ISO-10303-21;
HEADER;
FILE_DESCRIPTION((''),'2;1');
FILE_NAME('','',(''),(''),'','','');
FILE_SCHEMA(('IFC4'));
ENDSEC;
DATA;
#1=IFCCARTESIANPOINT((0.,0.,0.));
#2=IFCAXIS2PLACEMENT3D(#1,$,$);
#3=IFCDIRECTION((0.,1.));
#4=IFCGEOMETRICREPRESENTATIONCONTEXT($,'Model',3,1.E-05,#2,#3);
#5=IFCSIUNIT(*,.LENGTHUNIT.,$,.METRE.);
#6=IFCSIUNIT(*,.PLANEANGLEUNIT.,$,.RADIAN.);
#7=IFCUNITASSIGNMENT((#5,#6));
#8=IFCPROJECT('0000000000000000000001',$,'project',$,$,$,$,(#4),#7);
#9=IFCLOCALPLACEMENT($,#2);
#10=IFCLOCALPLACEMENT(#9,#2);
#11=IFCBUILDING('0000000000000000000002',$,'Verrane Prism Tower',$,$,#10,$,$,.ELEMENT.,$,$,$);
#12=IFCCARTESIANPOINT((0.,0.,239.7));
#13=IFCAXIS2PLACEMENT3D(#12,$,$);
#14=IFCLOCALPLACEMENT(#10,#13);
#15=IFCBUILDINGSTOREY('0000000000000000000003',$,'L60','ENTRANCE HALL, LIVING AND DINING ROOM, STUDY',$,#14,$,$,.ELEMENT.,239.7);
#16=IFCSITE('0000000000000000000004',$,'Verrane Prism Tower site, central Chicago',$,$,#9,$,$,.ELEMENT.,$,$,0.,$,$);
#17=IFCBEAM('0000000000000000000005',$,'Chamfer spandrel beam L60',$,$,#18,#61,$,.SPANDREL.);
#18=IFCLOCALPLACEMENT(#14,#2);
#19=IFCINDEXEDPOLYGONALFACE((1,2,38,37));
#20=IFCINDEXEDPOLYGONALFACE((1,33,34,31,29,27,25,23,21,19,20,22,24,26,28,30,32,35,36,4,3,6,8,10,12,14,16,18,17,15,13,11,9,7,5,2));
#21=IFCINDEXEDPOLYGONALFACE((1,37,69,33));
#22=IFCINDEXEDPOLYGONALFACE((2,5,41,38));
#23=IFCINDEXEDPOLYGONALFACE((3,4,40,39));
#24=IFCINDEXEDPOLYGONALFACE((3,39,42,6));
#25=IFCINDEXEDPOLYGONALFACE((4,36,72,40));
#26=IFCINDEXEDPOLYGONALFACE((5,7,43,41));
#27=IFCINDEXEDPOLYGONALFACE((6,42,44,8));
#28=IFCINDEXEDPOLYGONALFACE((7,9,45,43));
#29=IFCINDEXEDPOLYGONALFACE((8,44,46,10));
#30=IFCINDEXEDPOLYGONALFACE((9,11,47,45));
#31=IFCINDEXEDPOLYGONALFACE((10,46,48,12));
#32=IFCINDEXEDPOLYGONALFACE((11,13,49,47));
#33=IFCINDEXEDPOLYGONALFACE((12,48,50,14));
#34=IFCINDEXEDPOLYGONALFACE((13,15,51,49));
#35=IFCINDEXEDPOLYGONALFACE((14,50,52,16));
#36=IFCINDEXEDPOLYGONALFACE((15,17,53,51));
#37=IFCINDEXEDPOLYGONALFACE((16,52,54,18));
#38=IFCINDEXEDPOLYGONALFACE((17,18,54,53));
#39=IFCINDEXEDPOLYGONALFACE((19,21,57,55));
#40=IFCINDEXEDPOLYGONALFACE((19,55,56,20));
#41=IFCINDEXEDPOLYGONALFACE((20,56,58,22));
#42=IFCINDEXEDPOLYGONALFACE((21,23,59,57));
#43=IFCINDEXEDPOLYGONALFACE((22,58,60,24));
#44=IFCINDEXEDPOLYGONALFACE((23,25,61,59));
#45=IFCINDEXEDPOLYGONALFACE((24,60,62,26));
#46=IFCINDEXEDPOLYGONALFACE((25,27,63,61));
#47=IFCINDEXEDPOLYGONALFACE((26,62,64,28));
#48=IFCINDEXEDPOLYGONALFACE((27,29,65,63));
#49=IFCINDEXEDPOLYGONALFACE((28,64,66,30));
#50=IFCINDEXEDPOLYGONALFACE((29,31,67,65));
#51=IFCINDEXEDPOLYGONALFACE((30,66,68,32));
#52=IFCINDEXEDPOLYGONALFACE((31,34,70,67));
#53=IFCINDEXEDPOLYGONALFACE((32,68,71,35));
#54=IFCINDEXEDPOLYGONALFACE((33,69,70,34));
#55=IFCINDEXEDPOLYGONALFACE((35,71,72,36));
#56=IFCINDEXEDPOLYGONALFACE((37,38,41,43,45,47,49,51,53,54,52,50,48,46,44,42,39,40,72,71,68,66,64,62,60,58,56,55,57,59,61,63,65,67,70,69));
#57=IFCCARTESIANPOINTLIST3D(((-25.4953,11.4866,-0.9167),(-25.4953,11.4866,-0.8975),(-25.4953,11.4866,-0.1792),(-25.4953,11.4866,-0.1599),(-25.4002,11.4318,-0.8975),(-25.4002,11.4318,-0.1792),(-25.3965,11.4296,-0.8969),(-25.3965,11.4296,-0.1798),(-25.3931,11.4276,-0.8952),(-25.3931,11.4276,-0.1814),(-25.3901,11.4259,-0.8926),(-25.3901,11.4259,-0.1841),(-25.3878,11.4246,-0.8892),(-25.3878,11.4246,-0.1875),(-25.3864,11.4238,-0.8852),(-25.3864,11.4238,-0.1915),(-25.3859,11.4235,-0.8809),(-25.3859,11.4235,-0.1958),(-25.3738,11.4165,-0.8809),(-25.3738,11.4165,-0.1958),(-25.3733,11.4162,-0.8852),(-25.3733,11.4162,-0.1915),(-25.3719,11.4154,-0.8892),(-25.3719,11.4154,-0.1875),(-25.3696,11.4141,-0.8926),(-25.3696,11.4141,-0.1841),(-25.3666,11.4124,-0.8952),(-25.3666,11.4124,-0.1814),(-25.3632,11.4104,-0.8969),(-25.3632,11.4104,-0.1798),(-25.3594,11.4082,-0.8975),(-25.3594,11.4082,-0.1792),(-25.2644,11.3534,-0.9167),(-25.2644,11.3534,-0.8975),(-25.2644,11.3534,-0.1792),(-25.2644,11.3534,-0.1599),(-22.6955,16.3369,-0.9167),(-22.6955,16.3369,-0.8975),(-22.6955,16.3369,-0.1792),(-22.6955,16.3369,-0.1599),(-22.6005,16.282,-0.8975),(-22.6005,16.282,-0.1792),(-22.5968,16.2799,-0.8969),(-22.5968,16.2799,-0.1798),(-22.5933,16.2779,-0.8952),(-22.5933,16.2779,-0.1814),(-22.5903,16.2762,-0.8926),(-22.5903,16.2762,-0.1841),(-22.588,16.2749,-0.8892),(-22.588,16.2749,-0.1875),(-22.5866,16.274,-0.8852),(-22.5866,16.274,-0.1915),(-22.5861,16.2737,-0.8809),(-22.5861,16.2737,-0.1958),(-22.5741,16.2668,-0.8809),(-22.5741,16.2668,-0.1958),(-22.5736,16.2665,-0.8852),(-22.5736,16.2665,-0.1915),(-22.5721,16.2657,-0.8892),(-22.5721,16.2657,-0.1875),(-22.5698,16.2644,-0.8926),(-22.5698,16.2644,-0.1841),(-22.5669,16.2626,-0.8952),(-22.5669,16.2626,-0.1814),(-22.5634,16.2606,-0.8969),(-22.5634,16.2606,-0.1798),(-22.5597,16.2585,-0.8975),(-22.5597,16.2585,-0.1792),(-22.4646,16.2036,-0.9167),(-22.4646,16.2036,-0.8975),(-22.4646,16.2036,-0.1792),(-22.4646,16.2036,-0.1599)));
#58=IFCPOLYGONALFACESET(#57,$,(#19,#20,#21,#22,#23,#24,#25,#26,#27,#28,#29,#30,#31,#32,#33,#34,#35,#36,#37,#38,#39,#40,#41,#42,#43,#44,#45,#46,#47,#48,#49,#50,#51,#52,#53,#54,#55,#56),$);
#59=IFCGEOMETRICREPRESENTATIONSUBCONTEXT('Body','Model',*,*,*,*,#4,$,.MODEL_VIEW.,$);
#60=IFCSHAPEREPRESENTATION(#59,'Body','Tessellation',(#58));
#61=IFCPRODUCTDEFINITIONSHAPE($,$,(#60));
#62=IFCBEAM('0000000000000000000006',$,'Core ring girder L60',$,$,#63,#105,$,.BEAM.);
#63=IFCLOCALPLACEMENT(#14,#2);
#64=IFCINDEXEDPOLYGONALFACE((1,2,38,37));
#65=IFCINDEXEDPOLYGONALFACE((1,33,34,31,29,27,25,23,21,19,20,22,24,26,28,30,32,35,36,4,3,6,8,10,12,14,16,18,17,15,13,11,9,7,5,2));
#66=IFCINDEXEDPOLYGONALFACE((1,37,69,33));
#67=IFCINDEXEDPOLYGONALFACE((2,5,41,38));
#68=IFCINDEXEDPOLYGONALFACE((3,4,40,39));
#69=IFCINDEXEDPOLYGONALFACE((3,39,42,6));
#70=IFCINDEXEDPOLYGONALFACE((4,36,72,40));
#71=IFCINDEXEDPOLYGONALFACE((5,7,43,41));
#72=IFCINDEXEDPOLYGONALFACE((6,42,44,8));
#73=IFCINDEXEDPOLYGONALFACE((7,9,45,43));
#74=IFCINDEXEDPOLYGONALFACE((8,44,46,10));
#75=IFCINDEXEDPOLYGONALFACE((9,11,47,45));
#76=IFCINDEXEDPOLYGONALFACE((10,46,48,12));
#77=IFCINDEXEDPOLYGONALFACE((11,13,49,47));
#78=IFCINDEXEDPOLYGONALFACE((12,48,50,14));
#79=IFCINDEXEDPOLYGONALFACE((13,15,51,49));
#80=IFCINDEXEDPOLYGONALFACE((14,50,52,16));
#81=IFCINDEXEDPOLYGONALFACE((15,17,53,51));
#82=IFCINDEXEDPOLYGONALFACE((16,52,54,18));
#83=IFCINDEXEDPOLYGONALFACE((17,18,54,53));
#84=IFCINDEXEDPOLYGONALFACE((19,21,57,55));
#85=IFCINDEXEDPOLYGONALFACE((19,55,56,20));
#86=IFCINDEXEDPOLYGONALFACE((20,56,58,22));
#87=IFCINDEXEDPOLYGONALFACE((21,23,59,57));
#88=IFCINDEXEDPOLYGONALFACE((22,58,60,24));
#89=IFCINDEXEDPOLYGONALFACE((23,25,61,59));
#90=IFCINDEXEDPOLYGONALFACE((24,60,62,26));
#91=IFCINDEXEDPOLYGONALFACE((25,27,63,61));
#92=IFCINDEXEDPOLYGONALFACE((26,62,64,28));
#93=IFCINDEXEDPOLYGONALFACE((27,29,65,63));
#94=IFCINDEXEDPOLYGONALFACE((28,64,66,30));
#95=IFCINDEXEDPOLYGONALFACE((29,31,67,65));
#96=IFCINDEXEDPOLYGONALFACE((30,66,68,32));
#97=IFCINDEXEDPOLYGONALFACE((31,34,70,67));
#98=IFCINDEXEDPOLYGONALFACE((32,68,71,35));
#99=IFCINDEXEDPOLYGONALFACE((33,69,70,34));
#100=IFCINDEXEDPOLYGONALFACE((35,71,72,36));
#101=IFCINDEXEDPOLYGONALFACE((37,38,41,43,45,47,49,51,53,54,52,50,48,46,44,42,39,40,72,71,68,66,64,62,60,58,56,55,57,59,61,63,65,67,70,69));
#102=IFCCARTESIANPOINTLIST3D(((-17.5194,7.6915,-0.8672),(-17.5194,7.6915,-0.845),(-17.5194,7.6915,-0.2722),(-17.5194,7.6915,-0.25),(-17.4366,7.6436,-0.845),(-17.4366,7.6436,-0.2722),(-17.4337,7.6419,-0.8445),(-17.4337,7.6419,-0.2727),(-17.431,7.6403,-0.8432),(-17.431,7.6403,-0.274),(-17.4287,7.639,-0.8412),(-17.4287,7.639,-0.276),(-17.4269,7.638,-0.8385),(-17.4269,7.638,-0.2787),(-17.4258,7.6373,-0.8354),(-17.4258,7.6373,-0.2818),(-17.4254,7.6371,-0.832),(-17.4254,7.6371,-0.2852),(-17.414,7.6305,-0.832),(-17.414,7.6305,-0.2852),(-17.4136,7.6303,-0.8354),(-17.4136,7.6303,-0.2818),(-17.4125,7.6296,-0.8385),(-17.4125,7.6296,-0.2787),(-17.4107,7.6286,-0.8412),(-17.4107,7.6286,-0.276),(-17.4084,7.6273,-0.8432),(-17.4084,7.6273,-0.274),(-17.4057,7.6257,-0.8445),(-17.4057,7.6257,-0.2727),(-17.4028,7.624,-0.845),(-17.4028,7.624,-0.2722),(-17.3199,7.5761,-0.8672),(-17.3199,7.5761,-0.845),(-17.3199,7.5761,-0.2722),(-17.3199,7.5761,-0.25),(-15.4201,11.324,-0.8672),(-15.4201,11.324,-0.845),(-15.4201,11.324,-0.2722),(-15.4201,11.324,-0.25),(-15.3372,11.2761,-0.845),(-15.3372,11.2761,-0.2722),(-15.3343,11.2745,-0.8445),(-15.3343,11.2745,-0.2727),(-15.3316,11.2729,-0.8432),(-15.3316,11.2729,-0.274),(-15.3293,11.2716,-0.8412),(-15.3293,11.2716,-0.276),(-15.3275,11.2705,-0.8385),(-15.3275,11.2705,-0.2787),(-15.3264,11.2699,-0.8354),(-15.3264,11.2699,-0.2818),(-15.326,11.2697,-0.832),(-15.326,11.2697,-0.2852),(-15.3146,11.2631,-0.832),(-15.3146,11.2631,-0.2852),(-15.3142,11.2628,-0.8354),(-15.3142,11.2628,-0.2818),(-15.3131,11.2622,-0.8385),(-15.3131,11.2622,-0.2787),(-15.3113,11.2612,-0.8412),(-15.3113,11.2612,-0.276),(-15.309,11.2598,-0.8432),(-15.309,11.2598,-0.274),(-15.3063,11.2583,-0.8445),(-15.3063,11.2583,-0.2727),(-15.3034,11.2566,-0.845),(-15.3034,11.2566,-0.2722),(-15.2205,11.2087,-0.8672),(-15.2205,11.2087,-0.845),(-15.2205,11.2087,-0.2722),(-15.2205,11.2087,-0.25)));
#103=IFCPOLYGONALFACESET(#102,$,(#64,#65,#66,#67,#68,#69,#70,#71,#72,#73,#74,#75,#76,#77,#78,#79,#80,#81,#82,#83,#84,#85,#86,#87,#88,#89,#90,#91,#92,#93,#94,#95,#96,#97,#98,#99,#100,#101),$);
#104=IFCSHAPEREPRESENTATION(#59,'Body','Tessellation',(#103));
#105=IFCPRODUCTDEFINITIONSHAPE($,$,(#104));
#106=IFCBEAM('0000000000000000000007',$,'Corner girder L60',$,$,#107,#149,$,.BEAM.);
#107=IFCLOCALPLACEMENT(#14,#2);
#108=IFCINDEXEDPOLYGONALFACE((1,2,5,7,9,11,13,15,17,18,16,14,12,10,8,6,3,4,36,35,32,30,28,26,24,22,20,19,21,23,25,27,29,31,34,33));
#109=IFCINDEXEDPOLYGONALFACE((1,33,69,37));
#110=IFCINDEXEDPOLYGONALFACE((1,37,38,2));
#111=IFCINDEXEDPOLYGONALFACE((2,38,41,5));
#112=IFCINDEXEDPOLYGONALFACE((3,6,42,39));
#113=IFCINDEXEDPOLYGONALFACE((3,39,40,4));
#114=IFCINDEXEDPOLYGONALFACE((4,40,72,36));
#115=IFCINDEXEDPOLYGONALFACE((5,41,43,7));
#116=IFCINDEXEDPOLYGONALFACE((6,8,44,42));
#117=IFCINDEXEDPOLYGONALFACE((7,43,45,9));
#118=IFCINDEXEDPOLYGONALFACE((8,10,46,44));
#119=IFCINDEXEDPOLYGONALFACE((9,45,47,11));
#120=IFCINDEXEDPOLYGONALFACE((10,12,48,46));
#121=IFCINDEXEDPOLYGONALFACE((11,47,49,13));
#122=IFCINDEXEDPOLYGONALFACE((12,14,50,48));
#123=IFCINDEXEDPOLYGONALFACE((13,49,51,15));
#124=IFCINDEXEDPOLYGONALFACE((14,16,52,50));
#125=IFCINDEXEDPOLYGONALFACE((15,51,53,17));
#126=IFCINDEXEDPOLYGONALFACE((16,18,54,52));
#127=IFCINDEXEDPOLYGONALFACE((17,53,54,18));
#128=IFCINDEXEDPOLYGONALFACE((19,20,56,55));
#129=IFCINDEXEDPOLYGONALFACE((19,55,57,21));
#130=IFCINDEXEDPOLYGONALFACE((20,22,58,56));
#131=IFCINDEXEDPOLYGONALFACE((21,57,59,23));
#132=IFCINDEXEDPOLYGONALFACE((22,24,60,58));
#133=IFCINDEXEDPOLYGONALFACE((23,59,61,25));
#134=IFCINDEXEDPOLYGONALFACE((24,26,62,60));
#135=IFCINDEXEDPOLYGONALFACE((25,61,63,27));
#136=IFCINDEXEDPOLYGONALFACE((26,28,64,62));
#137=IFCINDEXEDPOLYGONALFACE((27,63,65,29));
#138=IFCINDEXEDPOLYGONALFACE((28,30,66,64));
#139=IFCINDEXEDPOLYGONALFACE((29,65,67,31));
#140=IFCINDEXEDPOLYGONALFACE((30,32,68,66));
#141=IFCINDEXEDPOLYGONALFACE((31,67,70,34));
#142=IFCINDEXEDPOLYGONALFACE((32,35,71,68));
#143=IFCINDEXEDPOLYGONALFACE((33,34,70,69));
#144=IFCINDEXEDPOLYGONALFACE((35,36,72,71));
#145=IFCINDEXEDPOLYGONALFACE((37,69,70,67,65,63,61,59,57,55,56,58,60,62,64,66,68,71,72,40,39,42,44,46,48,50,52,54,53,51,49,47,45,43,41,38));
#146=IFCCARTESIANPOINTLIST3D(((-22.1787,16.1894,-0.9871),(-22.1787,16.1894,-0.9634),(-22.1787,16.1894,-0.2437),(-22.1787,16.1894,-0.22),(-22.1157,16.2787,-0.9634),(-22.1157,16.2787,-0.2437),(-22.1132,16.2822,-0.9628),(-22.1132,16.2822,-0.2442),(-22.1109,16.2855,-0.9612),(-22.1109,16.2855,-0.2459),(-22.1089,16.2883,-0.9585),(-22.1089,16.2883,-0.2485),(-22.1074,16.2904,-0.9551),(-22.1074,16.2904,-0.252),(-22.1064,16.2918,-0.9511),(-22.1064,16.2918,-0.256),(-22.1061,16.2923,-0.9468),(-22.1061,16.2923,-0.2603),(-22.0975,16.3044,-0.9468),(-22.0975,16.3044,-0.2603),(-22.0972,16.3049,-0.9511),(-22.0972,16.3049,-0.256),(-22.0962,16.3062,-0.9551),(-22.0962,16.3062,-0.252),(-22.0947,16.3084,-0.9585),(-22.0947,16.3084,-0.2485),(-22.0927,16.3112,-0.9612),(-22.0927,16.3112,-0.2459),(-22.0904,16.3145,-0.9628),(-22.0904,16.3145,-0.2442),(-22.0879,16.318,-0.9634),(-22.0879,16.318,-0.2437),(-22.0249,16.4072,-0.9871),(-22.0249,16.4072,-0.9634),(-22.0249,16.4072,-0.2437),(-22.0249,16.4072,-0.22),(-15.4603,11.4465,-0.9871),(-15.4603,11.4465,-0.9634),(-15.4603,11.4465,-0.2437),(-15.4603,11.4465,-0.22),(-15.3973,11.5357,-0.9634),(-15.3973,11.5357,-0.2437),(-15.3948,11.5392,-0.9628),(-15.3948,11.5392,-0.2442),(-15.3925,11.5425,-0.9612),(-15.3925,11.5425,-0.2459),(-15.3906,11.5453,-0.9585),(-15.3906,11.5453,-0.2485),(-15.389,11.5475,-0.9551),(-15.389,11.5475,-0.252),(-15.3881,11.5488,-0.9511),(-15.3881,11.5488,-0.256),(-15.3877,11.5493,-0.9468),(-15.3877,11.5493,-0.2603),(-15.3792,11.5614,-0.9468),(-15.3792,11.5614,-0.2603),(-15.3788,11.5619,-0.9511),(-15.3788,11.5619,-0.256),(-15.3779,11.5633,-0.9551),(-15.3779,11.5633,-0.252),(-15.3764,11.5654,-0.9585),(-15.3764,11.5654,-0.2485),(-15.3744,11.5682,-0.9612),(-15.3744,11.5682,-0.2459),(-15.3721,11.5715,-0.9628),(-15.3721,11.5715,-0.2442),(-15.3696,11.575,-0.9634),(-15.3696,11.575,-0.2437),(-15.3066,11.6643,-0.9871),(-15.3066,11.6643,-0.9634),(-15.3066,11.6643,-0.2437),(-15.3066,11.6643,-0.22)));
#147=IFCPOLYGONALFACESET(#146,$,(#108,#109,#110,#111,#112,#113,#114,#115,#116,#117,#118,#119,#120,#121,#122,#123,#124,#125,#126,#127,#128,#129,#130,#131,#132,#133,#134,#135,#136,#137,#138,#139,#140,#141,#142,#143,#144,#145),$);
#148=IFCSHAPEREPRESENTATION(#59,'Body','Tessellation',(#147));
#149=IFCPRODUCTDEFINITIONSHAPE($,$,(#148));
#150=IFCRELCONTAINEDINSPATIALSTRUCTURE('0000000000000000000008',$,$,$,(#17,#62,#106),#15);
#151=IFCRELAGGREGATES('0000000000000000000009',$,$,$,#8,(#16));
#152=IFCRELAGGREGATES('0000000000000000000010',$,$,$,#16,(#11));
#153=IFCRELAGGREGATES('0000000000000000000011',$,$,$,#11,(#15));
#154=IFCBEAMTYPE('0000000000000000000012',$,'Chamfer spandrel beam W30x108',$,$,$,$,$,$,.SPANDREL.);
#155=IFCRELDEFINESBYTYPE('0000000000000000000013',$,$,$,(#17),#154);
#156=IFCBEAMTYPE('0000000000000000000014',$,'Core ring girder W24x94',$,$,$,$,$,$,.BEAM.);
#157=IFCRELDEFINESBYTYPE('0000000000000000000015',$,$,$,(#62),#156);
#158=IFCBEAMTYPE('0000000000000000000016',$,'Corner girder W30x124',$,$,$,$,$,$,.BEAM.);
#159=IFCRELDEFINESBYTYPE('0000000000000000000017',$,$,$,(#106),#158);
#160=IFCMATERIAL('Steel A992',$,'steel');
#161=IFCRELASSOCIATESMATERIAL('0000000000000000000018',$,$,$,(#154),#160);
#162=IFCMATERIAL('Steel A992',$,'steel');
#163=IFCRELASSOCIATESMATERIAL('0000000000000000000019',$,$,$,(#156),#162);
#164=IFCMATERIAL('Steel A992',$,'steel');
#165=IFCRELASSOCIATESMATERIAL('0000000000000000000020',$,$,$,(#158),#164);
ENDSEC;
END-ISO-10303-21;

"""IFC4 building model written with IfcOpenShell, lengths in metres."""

from ifc_helpers import new_model, si_unit, direction, frame, origin, origin_2d, place, context, subcontext, project, spatial, i_section, extrude, material, material_profile, profile_set, type_object, element, save


model = new_model("IFC4")

# Units and contexts
model_context = context("Model", 3, precision=1e-05, world=origin(), true_north=direction((0.0, 1.0)))
body_context = subcontext(model_context, "Body", "Model", "MODEL_VIEW")
ifc_project = project(units=[si_unit("LENGTHUNIT", "METRE"), si_unit("PLANEANGLEUNIT", "RADIAN")], contexts=[model_context])

# Site, building, storey
site_placement = place(None, origin())
site = spatial("IfcSite", under=ifc_project, at=site_placement, Name="Verrane Prism Tower site, central Chicago", CompositionType="ELEMENT", RefElevation=0.0)
building_placement = place(site_placement, origin())
building = spatial("IfcBuilding", under=site, at=building_placement, Name="Verrane Prism Tower", CompositionType="ELEMENT")
storey_placement = place(building_placement, frame((0.0, 0.0, 239.7)))
storey = spatial("IfcBuildingStorey", under=building, at=storey_placement, Name="L60", Description="ENTRANCE HALL, LIVING AND DINING ROOM, STUDY", CompositionType="ELEMENT", Elevation=239.7)

# Beams
ifc_material_1 = material(Name="Steel A992", Category="steel")
ifc_material_profile_1 = material_profile(ifc_material_1, i_section(OverallWidth=0.2666, OverallDepth=0.7568, WebThickness=0.0139, FlangeThickness=0.0193, FilletRadius=0.0166, at=origin_2d()), Name="W30x108")
ifc_profile_set_1 = profile_set([ifc_material_profile_1], Name="Steel A992")
beam_type_1 = type_object("IfcBeamType", Name="Chamfer spandrel beam W30x108", PredefinedType="SPANDREL", material=ifc_profile_set_1)
beam_1_placement = place(storey_placement, frame((-22.5801, 16.2703, -0.5383), z_axis=(-0.499927, -0.866067, 0.0), x_axis=(0.866067, -0.499927, 0.0)))
element("IfcBeam", 1, at=beam_1_placement, inside=storey, type_object=beam_type_1, Name="Chamfer spandrel beam L60", PredefinedType="SPANDREL", context=body_context, shape_type="SweptSolid", body=[
    extrude(i_section(OverallWidth=0.2666, OverallDepth=0.7568, WebThickness=0.0139, FlangeThickness=0.0193, FilletRadius=0.0166, at=origin_2d()), origin(), (0.0, 0.0, 1.0), 5.6003),
])
ifc_material_2 = material(Name="Steel A992", Category="steel")
ifc_material_profile_2 = material_profile(ifc_material_2, i_section(OverallWidth=0.2305, OverallDepth=0.6172, WebThickness=0.0132, FlangeThickness=0.0222, FilletRadius=0.0129, at=origin_2d()), Name="W24x94")
ifc_profile_set_2 = profile_set([ifc_material_profile_2], Name="Steel A992")
beam_type_2 = type_object("IfcBeamType", Name="Core ring girder W24x94", PredefinedType="BEAM", material=ifc_profile_set_2)
beam_2_placement = place(storey_placement, frame((-15.3203, 11.2664, -0.5586), z_axis=(-0.500376, -0.865808, 0.0), x_axis=(0.865808, -0.500376, 0.0)))
element("IfcBeam", 2, at=beam_2_placement, inside=storey, type_object=beam_type_2, Name="Core ring girder L60", PredefinedType="BEAM", context=body_context, shape_type="SweptSolid", body=[
    extrude(i_section(OverallWidth=0.2305, OverallDepth=0.6172, WebThickness=0.0132, FlangeThickness=0.0222, FilletRadius=0.0129, at=origin_2d()), origin(), (0.0, 0.0, 1.0), 4.1956),
])
ifc_material_3 = material(Name="Steel A992", Category="steel")
ifc_material_profile_3 = material_profile(ifc_material_3, i_section(OverallWidth=0.2666, OverallDepth=0.7671, WebThickness=0.0149, FlangeThickness=0.0237, FilletRadius=0.0166, at=origin_2d()), Name="W30x124")
ifc_profile_set_3 = profile_set([ifc_material_profile_3], Name="Steel A992")
beam_type_3 = type_object("IfcBeamType", Name="Corner girder W30x124", PredefinedType="BEAM", material=ifc_profile_set_3)
beam_3_placement = place(storey_placement, frame((-22.1018, 16.2983, -0.6035), z_axis=(0.816932, -0.576733, 0.0), x_axis=(0.576733, 0.816932, 0.0)))
element("IfcBeam", 3, at=beam_3_placement, inside=storey, type_object=beam_type_3, Name="Corner girder L60", PredefinedType="BEAM", context=body_context, shape_type="SweptSolid", body=[
    extrude(i_section(OverallWidth=0.2666, OverallDepth=0.7671, WebThickness=0.0149, FlangeThickness=0.0237, FilletRadius=0.0166, at=origin_2d()), origin(), (0.0, 0.0, 1.0), 8.2239),
])

save(model, "model.ifc")
